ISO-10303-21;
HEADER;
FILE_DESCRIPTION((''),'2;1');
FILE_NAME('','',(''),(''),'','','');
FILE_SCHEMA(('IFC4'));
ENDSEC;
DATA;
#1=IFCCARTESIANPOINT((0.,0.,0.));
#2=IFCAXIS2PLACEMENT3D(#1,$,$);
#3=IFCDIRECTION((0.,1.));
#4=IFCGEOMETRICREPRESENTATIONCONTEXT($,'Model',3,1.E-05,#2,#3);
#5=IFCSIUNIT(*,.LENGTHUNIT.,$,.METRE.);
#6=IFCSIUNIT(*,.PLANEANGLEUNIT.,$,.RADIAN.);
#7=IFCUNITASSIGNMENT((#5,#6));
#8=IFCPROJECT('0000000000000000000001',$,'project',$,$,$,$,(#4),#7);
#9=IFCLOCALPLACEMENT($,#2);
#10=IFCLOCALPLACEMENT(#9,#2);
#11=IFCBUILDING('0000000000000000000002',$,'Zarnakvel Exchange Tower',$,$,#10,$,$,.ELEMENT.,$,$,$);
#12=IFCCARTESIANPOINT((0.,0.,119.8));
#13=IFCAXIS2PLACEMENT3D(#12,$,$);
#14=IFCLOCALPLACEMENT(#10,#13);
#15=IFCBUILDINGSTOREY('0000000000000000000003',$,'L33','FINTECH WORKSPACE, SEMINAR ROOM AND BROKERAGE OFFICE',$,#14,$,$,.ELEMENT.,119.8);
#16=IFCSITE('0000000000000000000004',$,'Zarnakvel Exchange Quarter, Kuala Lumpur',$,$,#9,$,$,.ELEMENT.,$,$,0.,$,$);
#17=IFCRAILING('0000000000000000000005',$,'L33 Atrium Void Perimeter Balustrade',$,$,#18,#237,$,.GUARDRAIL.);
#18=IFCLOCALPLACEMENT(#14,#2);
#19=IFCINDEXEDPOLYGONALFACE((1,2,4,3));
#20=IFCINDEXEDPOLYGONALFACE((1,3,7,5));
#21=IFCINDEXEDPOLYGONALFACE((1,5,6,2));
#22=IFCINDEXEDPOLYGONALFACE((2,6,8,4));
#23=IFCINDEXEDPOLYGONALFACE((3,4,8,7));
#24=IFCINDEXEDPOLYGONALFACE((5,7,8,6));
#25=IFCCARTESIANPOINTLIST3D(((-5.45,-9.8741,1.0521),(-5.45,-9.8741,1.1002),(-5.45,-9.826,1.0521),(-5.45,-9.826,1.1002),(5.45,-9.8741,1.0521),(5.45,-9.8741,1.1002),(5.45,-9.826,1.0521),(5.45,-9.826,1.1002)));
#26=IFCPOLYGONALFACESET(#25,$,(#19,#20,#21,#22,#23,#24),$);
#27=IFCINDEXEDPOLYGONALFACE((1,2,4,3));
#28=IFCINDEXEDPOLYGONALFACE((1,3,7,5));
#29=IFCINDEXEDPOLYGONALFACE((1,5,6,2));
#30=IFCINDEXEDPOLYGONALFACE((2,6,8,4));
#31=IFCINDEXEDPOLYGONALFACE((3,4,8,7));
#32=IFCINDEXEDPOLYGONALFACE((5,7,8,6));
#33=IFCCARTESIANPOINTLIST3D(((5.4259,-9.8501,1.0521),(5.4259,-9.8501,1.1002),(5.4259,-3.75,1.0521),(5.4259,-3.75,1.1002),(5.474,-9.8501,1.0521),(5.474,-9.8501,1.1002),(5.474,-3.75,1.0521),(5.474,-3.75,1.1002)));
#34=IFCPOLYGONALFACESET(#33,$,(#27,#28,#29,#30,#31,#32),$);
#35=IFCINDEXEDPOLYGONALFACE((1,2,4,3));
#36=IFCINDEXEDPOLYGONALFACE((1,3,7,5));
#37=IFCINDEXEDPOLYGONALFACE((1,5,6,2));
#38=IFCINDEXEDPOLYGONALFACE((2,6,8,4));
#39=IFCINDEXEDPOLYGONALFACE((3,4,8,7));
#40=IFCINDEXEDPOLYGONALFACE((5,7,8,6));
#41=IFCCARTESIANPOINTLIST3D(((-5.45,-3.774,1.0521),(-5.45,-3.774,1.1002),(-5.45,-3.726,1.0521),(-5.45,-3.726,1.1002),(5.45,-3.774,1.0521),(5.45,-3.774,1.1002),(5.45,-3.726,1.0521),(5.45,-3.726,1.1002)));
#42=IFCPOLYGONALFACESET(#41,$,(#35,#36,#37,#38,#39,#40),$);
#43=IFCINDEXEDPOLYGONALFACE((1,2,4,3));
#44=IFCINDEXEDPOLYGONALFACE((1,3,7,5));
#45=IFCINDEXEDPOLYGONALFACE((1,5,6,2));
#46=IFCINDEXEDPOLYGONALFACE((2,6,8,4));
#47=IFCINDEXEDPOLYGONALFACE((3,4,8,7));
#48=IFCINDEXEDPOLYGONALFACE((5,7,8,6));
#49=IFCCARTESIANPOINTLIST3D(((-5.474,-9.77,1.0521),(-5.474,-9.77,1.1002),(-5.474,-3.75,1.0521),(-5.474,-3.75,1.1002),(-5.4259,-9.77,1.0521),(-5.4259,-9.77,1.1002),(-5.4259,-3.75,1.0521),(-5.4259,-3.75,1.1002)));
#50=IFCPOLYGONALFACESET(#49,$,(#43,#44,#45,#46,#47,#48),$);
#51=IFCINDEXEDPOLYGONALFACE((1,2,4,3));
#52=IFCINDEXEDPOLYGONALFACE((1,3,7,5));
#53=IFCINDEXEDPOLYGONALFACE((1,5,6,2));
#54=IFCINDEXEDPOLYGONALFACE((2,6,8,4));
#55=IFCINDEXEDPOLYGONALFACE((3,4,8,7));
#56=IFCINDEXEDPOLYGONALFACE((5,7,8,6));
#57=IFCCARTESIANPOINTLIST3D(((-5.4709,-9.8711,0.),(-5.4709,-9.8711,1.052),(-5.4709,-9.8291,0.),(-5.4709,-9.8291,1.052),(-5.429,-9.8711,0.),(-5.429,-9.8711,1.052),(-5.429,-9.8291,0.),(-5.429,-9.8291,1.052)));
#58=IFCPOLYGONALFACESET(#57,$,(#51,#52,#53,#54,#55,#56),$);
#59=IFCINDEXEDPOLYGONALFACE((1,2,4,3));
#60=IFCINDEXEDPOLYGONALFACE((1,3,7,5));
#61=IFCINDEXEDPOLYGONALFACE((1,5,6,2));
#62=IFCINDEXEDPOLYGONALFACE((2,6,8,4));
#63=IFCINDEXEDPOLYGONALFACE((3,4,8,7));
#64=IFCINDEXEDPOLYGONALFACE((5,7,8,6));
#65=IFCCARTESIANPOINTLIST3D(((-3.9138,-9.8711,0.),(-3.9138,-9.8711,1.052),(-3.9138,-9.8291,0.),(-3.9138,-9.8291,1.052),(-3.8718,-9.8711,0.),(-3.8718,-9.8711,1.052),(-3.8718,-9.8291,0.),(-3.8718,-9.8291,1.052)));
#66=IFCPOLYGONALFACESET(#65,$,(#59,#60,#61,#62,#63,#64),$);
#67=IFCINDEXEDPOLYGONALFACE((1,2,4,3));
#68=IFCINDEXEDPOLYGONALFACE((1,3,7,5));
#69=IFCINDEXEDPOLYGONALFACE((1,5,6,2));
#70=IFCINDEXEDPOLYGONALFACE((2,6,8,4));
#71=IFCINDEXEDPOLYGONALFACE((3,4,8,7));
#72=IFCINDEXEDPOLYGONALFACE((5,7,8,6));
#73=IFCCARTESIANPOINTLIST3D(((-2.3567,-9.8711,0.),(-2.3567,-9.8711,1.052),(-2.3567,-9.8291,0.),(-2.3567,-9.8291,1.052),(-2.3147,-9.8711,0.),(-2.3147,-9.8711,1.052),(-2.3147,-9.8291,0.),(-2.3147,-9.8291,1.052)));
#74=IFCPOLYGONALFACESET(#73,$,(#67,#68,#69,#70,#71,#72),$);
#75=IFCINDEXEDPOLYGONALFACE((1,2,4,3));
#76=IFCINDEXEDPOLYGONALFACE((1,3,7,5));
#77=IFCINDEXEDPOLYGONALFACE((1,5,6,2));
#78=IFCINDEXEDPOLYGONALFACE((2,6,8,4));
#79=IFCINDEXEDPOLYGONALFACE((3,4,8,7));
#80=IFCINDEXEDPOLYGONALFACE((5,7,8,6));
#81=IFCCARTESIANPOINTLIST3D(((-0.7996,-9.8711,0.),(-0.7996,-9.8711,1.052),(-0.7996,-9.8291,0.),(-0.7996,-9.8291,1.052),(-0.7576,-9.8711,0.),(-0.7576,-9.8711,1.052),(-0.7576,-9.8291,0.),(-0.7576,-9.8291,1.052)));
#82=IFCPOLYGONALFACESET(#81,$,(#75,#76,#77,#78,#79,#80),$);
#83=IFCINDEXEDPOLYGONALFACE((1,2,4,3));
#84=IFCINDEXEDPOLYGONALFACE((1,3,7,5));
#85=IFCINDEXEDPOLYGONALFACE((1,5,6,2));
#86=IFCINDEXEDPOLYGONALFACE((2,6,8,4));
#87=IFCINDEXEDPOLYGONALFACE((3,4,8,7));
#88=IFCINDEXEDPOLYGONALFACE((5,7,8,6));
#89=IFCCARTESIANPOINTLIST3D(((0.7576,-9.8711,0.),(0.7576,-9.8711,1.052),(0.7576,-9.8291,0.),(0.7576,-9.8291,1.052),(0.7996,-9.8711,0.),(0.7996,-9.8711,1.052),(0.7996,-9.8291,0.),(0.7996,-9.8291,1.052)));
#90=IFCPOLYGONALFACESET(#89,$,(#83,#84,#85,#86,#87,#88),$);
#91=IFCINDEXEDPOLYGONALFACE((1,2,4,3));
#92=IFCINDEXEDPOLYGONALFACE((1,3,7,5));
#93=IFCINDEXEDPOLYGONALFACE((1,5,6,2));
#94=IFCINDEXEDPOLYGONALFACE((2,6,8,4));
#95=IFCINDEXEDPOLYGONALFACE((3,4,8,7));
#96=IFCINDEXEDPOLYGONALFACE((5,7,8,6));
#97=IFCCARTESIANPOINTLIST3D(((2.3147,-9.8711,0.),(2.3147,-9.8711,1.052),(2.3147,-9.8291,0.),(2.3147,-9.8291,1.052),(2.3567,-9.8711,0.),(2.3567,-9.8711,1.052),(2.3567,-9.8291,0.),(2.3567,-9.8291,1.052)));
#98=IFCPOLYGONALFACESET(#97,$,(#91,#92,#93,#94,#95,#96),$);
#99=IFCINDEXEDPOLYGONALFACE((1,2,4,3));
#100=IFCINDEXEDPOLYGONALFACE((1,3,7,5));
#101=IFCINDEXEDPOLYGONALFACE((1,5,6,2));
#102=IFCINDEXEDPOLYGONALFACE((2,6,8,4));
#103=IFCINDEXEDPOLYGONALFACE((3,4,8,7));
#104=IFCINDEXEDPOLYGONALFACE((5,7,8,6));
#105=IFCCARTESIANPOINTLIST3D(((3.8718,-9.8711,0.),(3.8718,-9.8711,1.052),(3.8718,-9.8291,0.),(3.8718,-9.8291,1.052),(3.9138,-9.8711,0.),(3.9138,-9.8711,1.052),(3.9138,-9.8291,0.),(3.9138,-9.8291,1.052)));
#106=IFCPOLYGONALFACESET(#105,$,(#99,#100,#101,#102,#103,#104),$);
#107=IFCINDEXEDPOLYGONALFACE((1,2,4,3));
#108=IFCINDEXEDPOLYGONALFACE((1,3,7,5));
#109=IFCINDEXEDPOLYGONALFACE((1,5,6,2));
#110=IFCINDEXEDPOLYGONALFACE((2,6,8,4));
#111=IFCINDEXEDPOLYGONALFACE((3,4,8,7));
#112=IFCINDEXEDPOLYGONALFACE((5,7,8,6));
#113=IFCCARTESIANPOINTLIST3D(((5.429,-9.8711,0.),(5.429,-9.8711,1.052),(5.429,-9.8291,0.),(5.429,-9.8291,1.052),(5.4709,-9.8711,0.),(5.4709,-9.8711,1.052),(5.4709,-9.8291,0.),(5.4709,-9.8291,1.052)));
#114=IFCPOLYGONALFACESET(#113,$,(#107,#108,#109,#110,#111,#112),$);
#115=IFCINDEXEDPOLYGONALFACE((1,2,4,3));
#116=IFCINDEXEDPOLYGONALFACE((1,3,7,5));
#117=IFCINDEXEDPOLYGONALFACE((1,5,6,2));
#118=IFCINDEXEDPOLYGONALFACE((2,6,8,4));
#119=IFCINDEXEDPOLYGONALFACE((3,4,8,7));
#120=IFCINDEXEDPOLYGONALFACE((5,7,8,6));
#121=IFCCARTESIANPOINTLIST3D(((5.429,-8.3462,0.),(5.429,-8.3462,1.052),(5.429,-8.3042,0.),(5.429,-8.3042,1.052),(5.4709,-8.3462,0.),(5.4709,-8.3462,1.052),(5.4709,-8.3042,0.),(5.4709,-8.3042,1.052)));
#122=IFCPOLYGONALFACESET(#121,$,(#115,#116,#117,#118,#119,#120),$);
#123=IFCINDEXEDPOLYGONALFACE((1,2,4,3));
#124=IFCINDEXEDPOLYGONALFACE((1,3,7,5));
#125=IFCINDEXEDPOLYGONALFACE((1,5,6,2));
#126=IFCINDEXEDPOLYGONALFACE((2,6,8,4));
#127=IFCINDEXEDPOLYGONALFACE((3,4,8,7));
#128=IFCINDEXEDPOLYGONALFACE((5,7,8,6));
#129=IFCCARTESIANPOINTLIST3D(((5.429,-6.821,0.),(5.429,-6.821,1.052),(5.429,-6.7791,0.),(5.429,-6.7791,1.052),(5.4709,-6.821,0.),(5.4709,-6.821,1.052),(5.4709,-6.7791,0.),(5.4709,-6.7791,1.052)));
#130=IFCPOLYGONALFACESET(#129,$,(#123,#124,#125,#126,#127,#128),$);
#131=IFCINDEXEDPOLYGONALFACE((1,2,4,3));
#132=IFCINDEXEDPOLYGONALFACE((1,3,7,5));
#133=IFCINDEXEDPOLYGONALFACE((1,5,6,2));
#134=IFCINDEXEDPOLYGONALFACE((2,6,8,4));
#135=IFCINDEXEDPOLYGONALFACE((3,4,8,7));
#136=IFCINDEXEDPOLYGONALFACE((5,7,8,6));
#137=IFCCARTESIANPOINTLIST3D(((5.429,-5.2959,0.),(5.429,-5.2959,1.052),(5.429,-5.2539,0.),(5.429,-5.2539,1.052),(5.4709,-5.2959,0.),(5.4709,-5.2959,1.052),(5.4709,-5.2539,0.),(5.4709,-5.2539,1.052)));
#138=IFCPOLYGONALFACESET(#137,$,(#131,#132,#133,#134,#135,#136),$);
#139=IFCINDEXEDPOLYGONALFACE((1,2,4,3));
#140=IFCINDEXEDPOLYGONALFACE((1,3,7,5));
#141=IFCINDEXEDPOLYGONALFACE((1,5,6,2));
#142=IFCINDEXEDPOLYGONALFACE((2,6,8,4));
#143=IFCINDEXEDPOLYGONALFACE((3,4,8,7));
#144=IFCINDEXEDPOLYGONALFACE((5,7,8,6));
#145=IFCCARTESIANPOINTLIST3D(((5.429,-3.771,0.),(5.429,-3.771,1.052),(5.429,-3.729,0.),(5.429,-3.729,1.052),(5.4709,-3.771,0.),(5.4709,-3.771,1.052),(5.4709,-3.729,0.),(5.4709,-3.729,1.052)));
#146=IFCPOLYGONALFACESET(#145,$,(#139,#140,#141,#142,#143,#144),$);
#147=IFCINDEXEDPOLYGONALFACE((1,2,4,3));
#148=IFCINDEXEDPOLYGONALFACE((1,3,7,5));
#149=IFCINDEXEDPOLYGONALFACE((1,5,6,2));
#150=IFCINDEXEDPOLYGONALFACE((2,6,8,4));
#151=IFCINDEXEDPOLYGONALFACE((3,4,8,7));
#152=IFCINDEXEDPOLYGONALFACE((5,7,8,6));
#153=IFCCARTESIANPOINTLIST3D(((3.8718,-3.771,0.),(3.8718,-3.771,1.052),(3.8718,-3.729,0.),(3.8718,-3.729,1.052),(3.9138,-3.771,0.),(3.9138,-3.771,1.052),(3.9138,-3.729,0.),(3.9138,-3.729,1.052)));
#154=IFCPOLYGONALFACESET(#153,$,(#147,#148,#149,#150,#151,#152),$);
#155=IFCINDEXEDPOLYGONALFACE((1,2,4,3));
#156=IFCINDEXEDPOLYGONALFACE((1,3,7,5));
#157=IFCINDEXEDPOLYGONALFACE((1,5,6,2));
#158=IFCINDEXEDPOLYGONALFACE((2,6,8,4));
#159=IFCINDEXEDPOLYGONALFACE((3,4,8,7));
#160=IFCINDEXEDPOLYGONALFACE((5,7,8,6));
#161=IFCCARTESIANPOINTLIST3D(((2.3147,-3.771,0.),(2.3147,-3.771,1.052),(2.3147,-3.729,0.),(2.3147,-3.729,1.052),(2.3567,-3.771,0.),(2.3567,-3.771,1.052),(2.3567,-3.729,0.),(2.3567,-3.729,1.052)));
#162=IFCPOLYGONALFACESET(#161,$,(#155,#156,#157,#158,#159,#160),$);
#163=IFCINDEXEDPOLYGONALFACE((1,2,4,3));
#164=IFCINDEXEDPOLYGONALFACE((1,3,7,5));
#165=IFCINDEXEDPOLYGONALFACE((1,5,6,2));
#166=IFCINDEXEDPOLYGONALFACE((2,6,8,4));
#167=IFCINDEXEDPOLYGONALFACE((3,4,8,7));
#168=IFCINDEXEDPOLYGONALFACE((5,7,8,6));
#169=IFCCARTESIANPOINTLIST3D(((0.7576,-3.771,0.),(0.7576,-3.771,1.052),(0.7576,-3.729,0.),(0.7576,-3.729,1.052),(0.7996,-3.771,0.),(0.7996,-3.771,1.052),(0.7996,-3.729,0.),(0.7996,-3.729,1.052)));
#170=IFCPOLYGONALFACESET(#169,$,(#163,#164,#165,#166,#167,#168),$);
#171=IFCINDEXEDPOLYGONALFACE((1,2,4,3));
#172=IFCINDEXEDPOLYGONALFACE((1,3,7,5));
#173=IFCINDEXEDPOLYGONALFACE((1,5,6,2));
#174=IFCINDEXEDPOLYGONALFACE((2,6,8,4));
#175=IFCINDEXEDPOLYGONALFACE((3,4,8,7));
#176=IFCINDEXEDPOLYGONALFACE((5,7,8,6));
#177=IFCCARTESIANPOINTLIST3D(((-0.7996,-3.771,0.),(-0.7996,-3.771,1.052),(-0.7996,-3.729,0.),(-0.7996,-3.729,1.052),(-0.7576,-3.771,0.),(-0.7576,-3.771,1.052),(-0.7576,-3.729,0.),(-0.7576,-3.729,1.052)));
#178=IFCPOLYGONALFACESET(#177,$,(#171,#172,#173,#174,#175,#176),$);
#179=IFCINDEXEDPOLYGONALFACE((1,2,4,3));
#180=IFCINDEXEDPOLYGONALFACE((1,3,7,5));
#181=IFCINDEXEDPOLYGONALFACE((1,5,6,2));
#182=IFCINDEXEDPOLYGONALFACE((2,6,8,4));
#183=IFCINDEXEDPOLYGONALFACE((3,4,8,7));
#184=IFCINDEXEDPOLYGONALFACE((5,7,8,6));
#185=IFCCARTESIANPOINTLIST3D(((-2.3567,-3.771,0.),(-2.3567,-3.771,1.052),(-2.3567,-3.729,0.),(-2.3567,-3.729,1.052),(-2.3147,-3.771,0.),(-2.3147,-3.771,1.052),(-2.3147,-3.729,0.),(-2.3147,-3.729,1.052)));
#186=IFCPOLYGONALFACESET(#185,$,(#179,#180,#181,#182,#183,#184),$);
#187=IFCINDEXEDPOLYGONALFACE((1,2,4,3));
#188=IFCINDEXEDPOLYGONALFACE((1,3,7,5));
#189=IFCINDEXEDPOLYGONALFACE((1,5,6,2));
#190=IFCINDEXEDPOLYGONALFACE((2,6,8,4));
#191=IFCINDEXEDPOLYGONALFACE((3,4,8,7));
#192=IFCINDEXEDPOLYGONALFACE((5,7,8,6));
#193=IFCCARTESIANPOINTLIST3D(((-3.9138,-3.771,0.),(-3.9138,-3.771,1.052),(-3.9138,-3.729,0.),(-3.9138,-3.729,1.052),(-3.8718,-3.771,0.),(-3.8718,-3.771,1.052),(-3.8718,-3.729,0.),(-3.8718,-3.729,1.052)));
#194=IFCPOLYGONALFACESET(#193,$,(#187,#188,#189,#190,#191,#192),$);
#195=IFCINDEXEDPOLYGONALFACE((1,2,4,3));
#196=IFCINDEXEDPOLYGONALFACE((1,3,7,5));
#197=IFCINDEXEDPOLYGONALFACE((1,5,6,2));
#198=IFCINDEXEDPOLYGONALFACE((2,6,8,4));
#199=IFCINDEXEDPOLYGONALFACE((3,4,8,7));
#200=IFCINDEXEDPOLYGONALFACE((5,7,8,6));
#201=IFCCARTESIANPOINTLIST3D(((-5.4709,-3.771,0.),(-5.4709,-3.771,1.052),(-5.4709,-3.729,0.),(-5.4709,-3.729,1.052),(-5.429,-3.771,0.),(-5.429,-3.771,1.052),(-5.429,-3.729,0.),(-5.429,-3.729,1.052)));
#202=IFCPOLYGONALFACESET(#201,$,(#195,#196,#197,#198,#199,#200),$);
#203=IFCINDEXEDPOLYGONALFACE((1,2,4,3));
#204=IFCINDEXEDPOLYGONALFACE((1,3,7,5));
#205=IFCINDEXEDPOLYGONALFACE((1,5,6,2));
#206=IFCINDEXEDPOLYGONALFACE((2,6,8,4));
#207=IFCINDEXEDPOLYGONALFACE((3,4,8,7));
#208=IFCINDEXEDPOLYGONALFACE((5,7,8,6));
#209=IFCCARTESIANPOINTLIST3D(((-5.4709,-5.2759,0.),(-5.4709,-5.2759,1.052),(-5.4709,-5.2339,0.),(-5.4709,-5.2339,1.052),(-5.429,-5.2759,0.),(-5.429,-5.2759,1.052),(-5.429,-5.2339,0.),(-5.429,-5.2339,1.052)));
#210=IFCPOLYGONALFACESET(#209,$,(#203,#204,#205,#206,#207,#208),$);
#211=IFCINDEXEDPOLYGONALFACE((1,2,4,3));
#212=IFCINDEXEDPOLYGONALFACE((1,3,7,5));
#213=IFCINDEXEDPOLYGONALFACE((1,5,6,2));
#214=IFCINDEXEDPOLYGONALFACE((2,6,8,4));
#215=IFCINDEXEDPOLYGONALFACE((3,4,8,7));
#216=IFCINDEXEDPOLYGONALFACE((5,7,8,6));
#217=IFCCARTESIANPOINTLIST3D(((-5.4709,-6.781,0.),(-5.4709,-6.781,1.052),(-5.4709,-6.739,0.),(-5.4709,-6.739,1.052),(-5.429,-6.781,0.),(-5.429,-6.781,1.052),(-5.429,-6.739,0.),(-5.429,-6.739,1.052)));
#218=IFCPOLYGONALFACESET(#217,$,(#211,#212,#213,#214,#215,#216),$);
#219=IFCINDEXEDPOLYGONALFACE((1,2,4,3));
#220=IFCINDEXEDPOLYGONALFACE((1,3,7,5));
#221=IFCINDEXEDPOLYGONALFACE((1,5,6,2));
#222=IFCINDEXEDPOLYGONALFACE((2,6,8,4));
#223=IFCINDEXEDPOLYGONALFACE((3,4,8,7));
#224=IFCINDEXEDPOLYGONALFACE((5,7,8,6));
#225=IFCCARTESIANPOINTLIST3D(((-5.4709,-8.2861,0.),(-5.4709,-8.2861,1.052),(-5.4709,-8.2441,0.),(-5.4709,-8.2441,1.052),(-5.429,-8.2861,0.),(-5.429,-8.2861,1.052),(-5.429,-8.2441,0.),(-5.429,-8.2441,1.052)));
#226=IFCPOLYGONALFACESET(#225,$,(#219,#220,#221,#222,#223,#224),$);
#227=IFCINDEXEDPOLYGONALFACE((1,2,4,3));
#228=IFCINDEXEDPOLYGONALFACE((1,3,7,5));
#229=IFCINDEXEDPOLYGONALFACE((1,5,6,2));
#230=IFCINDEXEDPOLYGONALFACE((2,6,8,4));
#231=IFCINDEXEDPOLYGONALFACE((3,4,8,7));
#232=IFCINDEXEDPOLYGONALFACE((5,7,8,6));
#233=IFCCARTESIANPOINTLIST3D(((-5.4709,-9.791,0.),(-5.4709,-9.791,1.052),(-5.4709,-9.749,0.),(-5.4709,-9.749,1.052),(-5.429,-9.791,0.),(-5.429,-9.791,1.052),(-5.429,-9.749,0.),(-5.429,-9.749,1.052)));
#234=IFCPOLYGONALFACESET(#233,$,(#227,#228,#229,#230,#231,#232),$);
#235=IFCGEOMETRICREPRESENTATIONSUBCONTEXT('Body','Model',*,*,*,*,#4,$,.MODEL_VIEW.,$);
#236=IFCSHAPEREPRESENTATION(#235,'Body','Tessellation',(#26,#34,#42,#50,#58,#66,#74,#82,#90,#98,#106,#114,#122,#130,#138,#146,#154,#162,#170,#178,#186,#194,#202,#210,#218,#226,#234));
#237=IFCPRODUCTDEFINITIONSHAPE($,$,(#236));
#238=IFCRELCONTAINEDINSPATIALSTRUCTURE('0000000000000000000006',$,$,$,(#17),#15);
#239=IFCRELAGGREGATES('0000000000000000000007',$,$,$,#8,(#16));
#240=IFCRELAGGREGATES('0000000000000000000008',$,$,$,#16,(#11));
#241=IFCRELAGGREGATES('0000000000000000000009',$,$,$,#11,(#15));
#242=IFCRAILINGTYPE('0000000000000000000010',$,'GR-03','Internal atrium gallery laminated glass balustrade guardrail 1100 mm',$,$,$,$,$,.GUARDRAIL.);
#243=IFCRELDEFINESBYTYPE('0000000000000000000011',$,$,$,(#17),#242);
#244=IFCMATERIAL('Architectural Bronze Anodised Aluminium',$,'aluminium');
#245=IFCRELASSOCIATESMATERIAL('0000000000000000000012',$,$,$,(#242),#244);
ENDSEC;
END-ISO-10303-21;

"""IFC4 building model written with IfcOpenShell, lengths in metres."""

from ifc_helpers import new_model, si_unit, direction, frame, origin, origin_2d, place, context, subcontext, project, spatial, rectangle, extrude, material, type_object, element, save


model = new_model("IFC4")

# Units and contexts
model_context = context("Model", 3, precision=1e-05, world=origin(), true_north=direction((0.0, 1.0)))
body_context = subcontext(model_context, "Body", "Model", "MODEL_VIEW")
ifc_project = project(units=[si_unit("LENGTHUNIT", "METRE"), si_unit("PLANEANGLEUNIT", "RADIAN")], contexts=[model_context])

# Site, building, storey
site_placement = place(None, origin())
site = spatial("IfcSite", under=ifc_project, at=site_placement, Name="Zarnakvel Exchange Quarter, Kuala Lumpur", CompositionType="ELEMENT", RefElevation=0.0)
building_placement = place(site_placement, origin())
building = spatial("IfcBuilding", under=site, at=building_placement, Name="Zarnakvel Exchange Tower", CompositionType="ELEMENT")
storey_placement = place(building_placement, frame((0.0, 0.0, 119.8)))
storey = spatial("IfcBuildingStorey", under=building, at=storey_placement, Name="L33", Description="FINTECH WORKSPACE, SEMINAR ROOM AND BROKERAGE OFFICE", CompositionType="ELEMENT", Elevation=119.8)

# Railing
ifc_material_1 = material(Name="Architectural Bronze Anodised Aluminium", Category="aluminium")
railing_type = type_object("IfcRailingType", Name="GR-03", Description="Internal atrium gallery laminated glass balustrade guardrail 1100 mm", PredefinedType="GUARDRAIL", material=ifc_material_1)
railing_placement = place(storey_placement, frame((-5.45, -9.8501, 0.0)))
element("IfcRailing", 1, at=railing_placement, inside=storey, type_object=railing_type, Name="L33 Atrium Void Perimeter Balustrade", PredefinedType="GUARDRAIL", context=body_context, shape_type="SweptSolid", body=[
    extrude(rectangle(XDim=0.0481, YDim=0.0481, at=origin_2d()), frame((0.0, 0.0, 1.0762), z_axis=(1.0, 0.0, 0.0), x_axis=(0.0, 1.0, 0.0)), (0.0, 0.0, 1.0), 10.8999),
    extrude(rectangle(XDim=0.0481, YDim=0.0481, at=origin_2d()), frame((10.8999, 0.0, 1.0762), z_axis=(0.0, 1.0, 0.0), x_axis=(-1.0, 0.0, 0.0)), (0.0, 0.0, 1.0), 6.1001),
    extrude(rectangle(XDim=0.0481, YDim=0.0481, at=origin_2d()), frame((10.8999, 6.1001, 1.0762), z_axis=(-1.0, 0.0, 0.0), x_axis=(0.0, -1.0, 0.0)), (0.0, 0.0, 1.0), 10.8999),
    extrude(rectangle(XDim=0.0481, YDim=0.0481, at=origin_2d()), frame((0.0, 6.1001, 1.0762), z_axis=(0.0, -1.0, 0.0), x_axis=(1.0, 0.0, 0.0)), (0.0, 0.0, 1.0), 6.02),
    extrude(rectangle(XDim=0.042, YDim=0.042, at=origin_2d()), origin(), (0.0, 0.0, 1.0), 1.052),
    extrude(rectangle(XDim=0.042, YDim=0.042, at=origin_2d()), frame((1.5571, 0.0, 0.0)), (0.0, 0.0, 1.0), 1.052),
    extrude(rectangle(XDim=0.042, YDim=0.042, at=origin_2d()), frame((3.1143, 0.0, 0.0)), (0.0, 0.0, 1.0), 1.052),
    extrude(rectangle(XDim=0.042, YDim=0.042, at=origin_2d()), frame((4.6714, 0.0, 0.0)), (0.0, 0.0, 1.0), 1.052),
    extrude(rectangle(XDim=0.042, YDim=0.042, at=origin_2d()), frame((6.2285, 0.0, 0.0)), (0.0, 0.0, 1.0), 1.052),
    extrude(rectangle(XDim=0.042, YDim=0.042, at=origin_2d()), frame((7.7856, 0.0, 0.0)), (0.0, 0.0, 1.0), 1.052),
    extrude(rectangle(XDim=0.042, YDim=0.042, at=origin_2d()), frame((9.3428, 0.0, 0.0)), (0.0, 0.0, 1.0), 1.052),
    extrude(rectangle(XDim=0.042, YDim=0.042, at=origin_2d()), frame((10.8999, 0.0, 0.0)), (0.0, 0.0, 1.0), 1.052),
    extrude(rectangle(XDim=0.042, YDim=0.042, at=origin_2d()), frame((10.8999, 1.5249, 0.0)), (0.0, 0.0, 1.0), 1.052),
    extrude(rectangle(XDim=0.042, YDim=0.042, at=origin_2d()), frame((10.8999, 3.05, 0.0)), (0.0, 0.0, 1.0), 1.052),
    extrude(rectangle(XDim=0.042, YDim=0.042, at=origin_2d()), frame((10.8999, 4.5752, 0.0)), (0.0, 0.0, 1.0), 1.052),
    extrude(rectangle(XDim=0.042, YDim=0.042, at=origin_2d()), frame((10.8999, 6.1001, 0.0)), (0.0, 0.0, 1.0), 1.052),
    extrude(rectangle(XDim=0.042, YDim=0.042, at=origin_2d()), frame((9.3428, 6.1001, 0.0)), (0.0, 0.0, 1.0), 1.052),
    extrude(rectangle(XDim=0.042, YDim=0.042, at=origin_2d()), frame((7.7856, 6.1001, 0.0)), (0.0, 0.0, 1.0), 1.052),
    extrude(rectangle(XDim=0.042, YDim=0.042, at=origin_2d()), frame((6.2285, 6.1001, 0.0)), (0.0, 0.0, 1.0), 1.052),
    extrude(rectangle(XDim=0.042, YDim=0.042, at=origin_2d()), frame((4.6714, 6.1001, 0.0)), (0.0, 0.0, 1.0), 1.052),
    extrude(rectangle(XDim=0.042, YDim=0.042, at=origin_2d()), frame((3.1143, 6.1001, 0.0)), (0.0, 0.0, 1.0), 1.052),
    extrude(rectangle(XDim=0.042, YDim=0.042, at=origin_2d()), frame((1.5571, 6.1001, 0.0)), (0.0, 0.0, 1.0), 1.052),
    extrude(rectangle(XDim=0.042, YDim=0.042, at=origin_2d()), frame((0.0, 6.1001, 0.0)), (0.0, 0.0, 1.0), 1.052),
    extrude(rectangle(XDim=0.042, YDim=0.042, at=origin_2d()), frame((0.0, 4.5952, 0.0)), (0.0, 0.0, 1.0), 1.052),
    extrude(rectangle(XDim=0.042, YDim=0.042, at=origin_2d()), frame((0.0, 3.0901, 0.0)), (0.0, 0.0, 1.0), 1.052),
    extrude(rectangle(XDim=0.042, YDim=0.042, at=origin_2d()), frame((0.0, 1.585, 0.0)), (0.0, 0.0, 1.0), 1.052),
    extrude(rectangle(XDim=0.042, YDim=0.042, at=origin_2d()), frame((0.0, 0.0801, 0.0)), (0.0, 0.0, 1.0), 1.052),
])

save(model, "model.ifc")
